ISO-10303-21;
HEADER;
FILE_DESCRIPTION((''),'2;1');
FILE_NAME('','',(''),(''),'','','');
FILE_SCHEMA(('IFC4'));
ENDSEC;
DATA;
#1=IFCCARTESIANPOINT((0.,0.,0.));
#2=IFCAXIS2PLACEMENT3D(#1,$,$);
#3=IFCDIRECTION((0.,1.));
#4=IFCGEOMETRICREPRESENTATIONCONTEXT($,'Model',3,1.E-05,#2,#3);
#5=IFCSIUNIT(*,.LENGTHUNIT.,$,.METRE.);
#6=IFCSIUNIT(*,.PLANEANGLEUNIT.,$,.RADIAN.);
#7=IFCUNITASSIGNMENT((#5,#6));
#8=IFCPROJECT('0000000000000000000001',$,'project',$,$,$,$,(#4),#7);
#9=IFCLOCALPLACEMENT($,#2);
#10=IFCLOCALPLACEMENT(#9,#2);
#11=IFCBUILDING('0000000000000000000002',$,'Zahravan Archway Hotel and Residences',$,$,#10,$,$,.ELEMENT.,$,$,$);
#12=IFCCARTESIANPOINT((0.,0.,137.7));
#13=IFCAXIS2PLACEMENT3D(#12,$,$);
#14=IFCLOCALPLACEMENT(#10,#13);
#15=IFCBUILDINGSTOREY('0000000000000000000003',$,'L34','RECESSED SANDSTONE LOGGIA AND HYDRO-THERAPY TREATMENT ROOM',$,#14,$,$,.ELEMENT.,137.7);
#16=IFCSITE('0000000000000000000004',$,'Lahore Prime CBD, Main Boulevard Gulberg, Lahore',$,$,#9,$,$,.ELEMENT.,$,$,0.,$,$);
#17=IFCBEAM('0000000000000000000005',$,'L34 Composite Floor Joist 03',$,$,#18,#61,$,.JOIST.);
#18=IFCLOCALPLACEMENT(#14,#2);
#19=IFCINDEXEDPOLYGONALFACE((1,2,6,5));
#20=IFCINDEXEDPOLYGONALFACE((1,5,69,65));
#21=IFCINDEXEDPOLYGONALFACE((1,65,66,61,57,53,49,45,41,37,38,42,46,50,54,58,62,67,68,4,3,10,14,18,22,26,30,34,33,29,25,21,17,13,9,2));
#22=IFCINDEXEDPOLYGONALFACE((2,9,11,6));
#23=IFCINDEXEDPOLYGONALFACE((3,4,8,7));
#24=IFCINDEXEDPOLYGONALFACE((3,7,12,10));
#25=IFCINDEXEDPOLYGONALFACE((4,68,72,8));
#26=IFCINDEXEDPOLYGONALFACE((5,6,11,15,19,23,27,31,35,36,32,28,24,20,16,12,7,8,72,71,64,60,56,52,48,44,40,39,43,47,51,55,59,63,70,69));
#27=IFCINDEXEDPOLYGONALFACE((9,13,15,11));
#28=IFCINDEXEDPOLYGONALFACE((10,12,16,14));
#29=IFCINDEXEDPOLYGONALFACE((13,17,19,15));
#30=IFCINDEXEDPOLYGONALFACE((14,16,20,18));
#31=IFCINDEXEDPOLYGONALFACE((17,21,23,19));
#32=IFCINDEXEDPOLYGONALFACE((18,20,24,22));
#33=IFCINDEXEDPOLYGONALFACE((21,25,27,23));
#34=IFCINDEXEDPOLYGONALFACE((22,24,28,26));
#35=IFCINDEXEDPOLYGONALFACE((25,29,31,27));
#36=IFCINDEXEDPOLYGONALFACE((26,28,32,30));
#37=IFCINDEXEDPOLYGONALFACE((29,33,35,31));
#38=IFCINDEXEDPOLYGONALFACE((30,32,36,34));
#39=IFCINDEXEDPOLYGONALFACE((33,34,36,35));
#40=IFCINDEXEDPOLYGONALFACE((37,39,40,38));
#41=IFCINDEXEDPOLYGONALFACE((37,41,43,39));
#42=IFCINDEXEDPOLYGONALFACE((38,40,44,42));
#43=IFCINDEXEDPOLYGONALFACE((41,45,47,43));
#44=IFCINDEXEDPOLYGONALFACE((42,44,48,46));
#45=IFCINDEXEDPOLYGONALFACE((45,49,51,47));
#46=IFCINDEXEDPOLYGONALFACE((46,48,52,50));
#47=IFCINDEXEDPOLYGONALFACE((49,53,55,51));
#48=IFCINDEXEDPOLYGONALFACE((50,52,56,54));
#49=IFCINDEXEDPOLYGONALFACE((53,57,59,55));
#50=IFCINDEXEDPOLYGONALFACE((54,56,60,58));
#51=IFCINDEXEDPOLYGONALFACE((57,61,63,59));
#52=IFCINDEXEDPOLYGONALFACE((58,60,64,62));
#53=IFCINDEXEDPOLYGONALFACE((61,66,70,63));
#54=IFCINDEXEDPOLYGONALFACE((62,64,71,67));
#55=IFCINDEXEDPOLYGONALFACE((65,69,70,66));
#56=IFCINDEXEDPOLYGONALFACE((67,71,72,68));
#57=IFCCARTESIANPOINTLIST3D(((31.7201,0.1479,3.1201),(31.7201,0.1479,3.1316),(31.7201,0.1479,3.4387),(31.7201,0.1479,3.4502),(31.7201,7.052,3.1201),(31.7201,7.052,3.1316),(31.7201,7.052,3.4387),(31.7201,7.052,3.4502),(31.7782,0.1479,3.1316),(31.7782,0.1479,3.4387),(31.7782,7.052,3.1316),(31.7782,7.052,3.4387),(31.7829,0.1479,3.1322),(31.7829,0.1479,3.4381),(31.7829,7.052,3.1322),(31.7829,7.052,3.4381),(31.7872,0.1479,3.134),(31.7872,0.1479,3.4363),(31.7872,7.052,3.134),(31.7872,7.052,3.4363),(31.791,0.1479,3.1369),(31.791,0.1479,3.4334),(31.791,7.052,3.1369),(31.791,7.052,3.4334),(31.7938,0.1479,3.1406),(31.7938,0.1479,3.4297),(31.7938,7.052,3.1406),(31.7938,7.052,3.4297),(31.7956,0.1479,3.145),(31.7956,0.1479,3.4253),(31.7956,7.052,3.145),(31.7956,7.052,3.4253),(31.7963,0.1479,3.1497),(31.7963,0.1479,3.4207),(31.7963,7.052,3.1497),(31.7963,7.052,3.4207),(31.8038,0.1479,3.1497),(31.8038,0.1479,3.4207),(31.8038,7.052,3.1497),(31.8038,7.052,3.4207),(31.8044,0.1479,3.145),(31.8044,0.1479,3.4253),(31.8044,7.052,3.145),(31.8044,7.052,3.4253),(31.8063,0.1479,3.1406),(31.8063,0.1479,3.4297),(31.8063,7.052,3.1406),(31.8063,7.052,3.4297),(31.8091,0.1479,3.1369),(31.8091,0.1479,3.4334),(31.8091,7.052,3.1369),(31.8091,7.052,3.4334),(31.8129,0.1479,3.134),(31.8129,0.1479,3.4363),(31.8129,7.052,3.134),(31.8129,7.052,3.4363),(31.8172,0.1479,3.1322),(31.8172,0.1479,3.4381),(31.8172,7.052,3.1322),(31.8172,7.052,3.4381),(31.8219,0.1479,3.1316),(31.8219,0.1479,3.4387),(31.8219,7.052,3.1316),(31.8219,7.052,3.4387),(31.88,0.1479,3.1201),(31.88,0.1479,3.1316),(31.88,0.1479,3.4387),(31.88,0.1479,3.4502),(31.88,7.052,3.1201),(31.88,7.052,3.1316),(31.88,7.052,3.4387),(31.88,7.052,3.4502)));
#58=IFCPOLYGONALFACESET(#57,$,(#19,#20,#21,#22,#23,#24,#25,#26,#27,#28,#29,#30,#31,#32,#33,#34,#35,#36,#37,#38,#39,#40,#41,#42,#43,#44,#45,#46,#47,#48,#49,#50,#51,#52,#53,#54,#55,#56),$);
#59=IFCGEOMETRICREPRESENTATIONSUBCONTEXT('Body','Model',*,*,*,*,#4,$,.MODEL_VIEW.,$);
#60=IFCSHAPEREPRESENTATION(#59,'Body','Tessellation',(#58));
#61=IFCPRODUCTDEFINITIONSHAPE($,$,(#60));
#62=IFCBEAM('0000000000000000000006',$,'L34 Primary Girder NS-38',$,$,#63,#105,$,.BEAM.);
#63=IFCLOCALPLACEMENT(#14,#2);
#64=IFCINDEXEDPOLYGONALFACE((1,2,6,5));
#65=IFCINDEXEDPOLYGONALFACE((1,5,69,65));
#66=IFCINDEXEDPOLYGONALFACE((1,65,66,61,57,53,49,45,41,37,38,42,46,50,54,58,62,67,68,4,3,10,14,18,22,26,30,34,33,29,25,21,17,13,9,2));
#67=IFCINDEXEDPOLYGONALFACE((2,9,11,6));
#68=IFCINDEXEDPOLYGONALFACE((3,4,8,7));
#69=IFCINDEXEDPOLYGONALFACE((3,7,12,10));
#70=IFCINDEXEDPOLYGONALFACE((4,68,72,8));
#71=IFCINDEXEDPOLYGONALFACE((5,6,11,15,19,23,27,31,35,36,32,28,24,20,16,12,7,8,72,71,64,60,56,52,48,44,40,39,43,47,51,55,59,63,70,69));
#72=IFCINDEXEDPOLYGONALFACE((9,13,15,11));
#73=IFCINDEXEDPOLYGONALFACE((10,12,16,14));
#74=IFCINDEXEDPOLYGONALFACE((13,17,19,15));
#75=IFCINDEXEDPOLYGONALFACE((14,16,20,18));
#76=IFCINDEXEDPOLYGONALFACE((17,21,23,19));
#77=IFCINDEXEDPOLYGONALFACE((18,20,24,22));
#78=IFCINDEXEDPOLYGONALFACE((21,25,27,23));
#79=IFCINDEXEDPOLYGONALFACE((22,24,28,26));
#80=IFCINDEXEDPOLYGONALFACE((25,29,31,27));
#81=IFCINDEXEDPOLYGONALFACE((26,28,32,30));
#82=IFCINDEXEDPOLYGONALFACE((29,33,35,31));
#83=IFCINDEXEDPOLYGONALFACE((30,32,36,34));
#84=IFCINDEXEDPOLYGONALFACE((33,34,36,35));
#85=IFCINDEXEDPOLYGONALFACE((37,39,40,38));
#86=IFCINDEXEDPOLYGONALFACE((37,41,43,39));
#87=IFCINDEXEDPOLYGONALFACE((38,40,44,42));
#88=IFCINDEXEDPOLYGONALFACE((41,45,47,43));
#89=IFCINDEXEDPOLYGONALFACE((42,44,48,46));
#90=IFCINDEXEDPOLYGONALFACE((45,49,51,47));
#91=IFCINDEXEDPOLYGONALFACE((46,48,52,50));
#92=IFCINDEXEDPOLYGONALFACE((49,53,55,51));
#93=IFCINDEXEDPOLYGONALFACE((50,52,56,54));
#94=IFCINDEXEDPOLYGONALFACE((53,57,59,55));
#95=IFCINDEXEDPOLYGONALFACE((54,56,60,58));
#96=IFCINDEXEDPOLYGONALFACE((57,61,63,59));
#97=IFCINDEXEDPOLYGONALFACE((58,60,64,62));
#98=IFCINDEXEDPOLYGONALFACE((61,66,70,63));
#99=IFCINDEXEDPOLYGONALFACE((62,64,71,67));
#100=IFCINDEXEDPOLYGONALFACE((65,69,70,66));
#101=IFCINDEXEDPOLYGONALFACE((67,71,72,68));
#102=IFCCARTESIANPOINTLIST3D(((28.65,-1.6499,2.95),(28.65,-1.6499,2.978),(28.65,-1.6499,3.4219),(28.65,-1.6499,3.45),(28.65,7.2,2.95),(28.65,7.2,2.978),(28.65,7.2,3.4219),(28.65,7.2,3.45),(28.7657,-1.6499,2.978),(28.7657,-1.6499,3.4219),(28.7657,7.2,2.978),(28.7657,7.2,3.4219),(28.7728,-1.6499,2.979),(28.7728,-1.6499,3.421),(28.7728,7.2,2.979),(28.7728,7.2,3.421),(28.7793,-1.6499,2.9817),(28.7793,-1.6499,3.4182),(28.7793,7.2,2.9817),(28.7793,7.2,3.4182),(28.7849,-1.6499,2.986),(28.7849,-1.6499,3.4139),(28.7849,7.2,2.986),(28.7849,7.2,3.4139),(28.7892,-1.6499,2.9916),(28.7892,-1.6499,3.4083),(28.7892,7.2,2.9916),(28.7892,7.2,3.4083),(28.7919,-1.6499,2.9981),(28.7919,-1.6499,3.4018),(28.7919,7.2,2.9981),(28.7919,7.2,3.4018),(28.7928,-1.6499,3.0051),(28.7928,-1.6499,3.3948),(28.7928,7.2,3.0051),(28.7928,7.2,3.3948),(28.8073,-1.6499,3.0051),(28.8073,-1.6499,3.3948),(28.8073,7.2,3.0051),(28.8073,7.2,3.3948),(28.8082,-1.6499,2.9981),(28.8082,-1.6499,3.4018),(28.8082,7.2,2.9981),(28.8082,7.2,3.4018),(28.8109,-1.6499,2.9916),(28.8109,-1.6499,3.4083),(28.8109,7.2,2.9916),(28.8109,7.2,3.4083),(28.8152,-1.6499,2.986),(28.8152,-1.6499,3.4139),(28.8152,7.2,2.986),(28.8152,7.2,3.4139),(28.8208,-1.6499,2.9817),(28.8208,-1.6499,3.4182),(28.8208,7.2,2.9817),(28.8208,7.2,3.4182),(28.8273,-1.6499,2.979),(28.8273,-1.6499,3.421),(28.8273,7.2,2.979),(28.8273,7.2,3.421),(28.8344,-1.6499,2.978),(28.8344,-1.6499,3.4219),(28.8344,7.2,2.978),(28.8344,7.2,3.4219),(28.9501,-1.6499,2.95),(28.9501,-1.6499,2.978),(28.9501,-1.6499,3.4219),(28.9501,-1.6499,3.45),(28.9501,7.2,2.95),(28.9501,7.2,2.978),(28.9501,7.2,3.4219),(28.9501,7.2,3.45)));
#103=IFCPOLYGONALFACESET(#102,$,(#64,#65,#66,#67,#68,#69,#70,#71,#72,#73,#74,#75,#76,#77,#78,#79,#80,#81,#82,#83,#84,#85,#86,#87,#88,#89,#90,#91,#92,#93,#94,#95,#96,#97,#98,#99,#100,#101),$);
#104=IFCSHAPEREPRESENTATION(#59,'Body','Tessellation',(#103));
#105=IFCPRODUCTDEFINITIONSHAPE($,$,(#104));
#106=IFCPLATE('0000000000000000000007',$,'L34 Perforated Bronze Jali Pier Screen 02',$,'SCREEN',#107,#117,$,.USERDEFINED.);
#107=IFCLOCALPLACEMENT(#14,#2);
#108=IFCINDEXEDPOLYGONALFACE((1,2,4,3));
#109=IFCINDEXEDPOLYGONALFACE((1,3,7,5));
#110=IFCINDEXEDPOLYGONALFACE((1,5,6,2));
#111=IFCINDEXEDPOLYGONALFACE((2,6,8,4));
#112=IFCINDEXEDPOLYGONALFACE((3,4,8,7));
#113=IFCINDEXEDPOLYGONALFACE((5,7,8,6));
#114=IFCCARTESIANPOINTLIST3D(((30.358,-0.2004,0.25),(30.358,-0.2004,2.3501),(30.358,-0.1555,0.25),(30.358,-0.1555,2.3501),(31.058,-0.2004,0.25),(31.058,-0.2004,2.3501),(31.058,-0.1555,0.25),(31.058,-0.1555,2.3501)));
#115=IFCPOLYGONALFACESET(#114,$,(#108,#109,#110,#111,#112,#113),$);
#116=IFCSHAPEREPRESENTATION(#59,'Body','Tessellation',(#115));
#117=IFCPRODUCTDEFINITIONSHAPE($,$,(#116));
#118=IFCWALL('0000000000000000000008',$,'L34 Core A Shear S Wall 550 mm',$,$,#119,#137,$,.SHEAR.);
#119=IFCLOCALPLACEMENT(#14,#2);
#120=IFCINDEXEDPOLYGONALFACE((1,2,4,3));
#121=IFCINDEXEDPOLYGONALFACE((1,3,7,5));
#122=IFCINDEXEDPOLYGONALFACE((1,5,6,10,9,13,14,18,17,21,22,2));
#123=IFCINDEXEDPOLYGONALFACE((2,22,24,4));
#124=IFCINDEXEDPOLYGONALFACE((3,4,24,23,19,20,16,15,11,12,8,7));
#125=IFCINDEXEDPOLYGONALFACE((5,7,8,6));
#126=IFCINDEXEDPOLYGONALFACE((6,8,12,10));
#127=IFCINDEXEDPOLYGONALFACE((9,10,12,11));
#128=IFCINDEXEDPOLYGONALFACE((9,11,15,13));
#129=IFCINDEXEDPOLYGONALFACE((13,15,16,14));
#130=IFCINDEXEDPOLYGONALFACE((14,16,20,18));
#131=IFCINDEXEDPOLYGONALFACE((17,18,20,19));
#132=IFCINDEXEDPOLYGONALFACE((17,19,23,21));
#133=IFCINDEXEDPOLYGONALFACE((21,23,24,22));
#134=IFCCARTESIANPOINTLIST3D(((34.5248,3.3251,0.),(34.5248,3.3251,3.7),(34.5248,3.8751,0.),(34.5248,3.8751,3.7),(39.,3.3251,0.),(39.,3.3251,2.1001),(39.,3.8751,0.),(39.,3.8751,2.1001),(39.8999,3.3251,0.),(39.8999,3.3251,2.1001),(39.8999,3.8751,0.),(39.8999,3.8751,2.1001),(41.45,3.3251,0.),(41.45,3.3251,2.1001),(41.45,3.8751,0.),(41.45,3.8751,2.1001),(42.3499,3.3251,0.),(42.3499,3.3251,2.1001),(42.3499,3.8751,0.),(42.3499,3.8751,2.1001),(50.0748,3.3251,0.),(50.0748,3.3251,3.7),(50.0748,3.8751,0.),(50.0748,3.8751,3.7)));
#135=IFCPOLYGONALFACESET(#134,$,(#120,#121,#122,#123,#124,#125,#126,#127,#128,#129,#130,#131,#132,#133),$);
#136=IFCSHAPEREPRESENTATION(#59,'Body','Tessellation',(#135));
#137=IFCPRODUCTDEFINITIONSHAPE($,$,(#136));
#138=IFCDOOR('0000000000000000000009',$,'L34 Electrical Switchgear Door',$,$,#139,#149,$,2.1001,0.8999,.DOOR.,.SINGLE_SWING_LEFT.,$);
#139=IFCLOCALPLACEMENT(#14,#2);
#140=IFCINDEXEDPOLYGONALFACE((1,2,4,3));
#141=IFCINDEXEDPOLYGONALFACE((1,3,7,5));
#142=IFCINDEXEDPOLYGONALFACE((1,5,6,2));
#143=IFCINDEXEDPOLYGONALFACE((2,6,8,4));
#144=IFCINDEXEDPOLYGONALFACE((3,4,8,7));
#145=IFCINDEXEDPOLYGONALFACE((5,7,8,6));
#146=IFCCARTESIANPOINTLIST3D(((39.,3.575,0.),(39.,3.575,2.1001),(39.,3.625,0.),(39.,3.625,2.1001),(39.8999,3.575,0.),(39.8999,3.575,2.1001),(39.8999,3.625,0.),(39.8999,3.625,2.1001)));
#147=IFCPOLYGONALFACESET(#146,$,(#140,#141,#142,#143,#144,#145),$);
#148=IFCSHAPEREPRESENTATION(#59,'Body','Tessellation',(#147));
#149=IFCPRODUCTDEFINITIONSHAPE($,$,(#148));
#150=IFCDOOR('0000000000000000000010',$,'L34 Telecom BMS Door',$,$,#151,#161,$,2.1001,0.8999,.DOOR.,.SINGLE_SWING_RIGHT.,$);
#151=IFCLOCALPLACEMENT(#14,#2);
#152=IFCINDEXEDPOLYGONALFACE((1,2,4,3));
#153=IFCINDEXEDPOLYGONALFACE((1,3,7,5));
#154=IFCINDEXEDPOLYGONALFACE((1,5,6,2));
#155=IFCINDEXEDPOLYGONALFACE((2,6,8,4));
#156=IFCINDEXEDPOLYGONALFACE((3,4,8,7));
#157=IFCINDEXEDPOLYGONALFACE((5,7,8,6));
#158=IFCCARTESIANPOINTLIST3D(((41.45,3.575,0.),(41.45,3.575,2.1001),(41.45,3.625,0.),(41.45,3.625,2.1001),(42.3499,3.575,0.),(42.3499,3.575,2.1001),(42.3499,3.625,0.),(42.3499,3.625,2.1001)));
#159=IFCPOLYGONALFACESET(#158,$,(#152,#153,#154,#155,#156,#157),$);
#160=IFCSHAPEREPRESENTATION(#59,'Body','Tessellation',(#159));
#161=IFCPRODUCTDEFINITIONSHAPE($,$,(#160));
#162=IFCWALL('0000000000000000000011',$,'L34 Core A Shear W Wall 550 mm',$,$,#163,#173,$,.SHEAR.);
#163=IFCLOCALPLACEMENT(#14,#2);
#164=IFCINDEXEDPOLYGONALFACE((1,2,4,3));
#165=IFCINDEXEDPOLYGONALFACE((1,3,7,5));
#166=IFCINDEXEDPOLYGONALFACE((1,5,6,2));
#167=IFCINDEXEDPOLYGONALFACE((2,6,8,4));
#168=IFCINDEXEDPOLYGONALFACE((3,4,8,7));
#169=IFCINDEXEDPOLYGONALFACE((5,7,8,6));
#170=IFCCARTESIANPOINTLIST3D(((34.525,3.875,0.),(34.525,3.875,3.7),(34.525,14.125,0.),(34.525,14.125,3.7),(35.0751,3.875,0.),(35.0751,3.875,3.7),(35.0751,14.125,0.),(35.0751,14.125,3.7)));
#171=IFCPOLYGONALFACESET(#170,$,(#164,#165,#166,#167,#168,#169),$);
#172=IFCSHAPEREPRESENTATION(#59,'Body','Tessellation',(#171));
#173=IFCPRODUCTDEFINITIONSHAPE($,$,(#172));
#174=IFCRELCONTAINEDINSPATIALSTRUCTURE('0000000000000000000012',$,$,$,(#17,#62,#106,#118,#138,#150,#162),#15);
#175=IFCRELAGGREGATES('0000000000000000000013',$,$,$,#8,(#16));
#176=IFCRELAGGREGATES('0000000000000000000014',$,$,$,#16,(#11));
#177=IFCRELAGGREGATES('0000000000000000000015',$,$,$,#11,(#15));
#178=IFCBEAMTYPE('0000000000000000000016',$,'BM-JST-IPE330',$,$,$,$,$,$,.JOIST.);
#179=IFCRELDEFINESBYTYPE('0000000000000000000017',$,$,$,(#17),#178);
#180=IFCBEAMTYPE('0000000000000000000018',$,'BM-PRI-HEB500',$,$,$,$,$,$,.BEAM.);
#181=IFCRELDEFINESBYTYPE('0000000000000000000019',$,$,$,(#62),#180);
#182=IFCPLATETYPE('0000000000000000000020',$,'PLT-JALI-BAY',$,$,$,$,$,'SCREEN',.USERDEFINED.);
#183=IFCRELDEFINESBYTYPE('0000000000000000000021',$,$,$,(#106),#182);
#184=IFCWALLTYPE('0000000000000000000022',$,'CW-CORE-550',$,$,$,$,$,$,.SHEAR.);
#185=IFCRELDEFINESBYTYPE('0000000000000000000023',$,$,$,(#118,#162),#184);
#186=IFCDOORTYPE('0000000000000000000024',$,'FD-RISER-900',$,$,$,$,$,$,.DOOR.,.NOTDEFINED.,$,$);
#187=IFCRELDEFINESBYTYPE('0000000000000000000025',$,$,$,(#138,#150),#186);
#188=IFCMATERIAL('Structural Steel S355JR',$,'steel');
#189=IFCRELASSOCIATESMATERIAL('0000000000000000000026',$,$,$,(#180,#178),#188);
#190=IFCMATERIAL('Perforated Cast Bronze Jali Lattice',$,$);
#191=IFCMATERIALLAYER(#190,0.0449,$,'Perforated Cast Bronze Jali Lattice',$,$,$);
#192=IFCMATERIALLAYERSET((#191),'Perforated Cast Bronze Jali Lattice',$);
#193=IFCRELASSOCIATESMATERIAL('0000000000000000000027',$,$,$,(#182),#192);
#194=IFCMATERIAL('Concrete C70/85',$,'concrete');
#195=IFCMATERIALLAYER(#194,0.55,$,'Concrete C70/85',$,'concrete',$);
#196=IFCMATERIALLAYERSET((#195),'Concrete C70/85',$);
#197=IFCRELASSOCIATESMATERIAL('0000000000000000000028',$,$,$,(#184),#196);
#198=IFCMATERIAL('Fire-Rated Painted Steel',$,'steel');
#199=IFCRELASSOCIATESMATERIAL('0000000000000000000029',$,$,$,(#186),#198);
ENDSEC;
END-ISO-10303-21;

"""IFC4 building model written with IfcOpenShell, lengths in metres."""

from ifc_helpers import new_model, si_unit, direction, frame, frame_2d, origin, origin_2d, place, context, subcontext, project, spatial, rectangle, i_section, extrude, source, transform, mapped, material, layer, layer_set, material_profile, profile_set, type_object, type_shapes, element, fill, save


model = new_model("IFC4")

# Units and contexts
model_context = context("Model", 3, precision=1e-05, world=origin(), true_north=direction((0.0, 1.0)))
body_context = subcontext(model_context, "Body", "Model", "MODEL_VIEW")
ifc_project = project(units=[si_unit("LENGTHUNIT", "METRE"), si_unit("PLANEANGLEUNIT", "RADIAN")], contexts=[model_context])

# Site, building, storey
site_placement = place(None, origin())
site = spatial("IfcSite", under=ifc_project, at=site_placement, Name="Lahore Prime CBD, Main Boulevard Gulberg, Lahore", CompositionType="ELEMENT", RefElevation=0.0)
building_placement = place(site_placement, origin())
building = spatial("IfcBuilding", under=site, at=building_placement, Name="Zahravan Archway Hotel and Residences", CompositionType="ELEMENT")
storey_placement = place(building_placement, frame((0.0, 0.0, 137.7)))
storey = spatial("IfcBuildingStorey", under=building, at=storey_placement, Name="L34", Description="RECESSED SANDSTONE LOGGIA AND HYDRO-THERAPY TREATMENT ROOM", CompositionType="ELEMENT", Elevation=137.7)

# Beams
ifc_material_1 = material(Name="Structural Steel S355JR", Category="steel")
ifc_material_profile_1 = material_profile(ifc_material_1, i_section(OverallWidth=0.3, OverallDepth=0.5, WebThickness=0.0144, FlangeThickness=0.0281, FilletRadius=0.0271, at=origin_2d()), Name="HEB 500", Category="steel")
ifc_profile_set_1 = profile_set([ifc_material_profile_1], Name="Structural Steel S355JR")
beam_type_1 = type_object("IfcBeamType", Name="BM-PRI-HEB500", PredefinedType="BEAM", material=ifc_profile_set_1)
ifc_material_profile_2 = material_profile(ifc_material_1, i_section(OverallWidth=0.1599, OverallDepth=0.3301, WebThickness=0.0076, FlangeThickness=0.0115, FilletRadius=0.0181, at=origin_2d()), Name="IPE 330", Category="steel")
ifc_profile_set_2 = profile_set([ifc_material_profile_2], Name="Structural Steel S355JR")
beam_type_2 = type_object("IfcBeamType", Name="BM-JST-IPE330", PredefinedType="JOIST", material=ifc_profile_set_2)
shared_shape_1 = source(origin(), body_context, "Body", "SweptSolid", [
    extrude(i_section(OverallWidth=0.1599, OverallDepth=0.3301, WebThickness=0.0076, FlangeThickness=0.0115, FilletRadius=0.0181, at=origin_2d()), origin(), (0.0, 0.0, 1.0), 6.9041),
])
type_shapes(beam_type_2, [shared_shape_1])
for number, where, z_axis, x_axis, name in (
    (1, (31.8, 0.1479, 3.2852), (0.0, 1.0, 0.0), (-1.0, 0.0, 0.0), "L34 Composite Floor Joist 03"),
):
    element("IfcBeam", number, at=place(storey_placement, frame(where, z_axis=z_axis, x_axis=x_axis)), inside=storey, type_object=beam_type_2, Name=name, PredefinedType="JOIST", context=body_context, shape_type="MappedRepresentation", body=[
        mapped(shared_shape_1, transform((0.0, 0.0, 0.0), scale=1.0)),
    ])
shared_shape_2 = source(origin(), body_context, "Body", "SweptSolid", [
    extrude(i_section(OverallWidth=0.3, OverallDepth=0.5, WebThickness=0.0144, FlangeThickness=0.0281, FilletRadius=0.0271, at=origin_2d()), origin(), (0.0, 0.0, 1.0), 8.8499),
])
beam_1_placement = place(storey_placement, frame((28.8, -1.6499, 3.2), z_axis=(0.0, 1.0, 0.0), x_axis=(-1.0, 0.0, 0.0)))
element("IfcBeam", 2, at=beam_1_placement, inside=storey, type_object=beam_type_1, Name="L34 Primary Girder NS-38", PredefinedType="BEAM", context=body_context, shape_type="MappedRepresentation", body=[
    mapped(shared_shape_2, transform((0.0, 0.0, 0.0), scale=1.0)),
])

# Plate
ifc_material_2 = material(Name="Perforated Cast Bronze Jali Lattice")
ifc_layer_1 = layer(ifc_material_2, 0.0449, Name="Perforated Cast Bronze Jali Lattice")
ifc_layer_set_1 = layer_set([ifc_layer_1], Name="Perforated Cast Bronze Jali Lattice")
plate_type = type_object("IfcPlateType", Name="PLT-JALI-BAY", ElementType="SCREEN", PredefinedType="USERDEFINED", material=ifc_layer_set_1)
shared_shape_3 = source(origin(), body_context, "Body", "SweptSolid", [
    extrude(rectangle(XDim=0.7, YDim=0.0449, at=origin_2d()), origin(), (0.0, 0.0, 1.0), 2.1001),
])
type_shapes(plate_type, [shared_shape_3])
plate_placement = place(storey_placement, frame((30.708, -0.178, 0.25), z_axis=(0.0, 0.0, 1.0), x_axis=(1.0, 0.0, 0.0)))
element("IfcPlate", 3, at=plate_placement, inside=storey, type_object=plate_type, Name="L34 Perforated Bronze Jali Pier Screen 02", ObjectType="SCREEN", PredefinedType="USERDEFINED", context=body_context, shape_type="MappedRepresentation", body=[
    mapped(shared_shape_3, transform((0.0, 0.0, 0.0), scale=1.0)),
])

# Wall, openings, doors
ifc_material_3 = material(Name="Concrete C70/85", Category="concrete")
ifc_layer_2 = layer(ifc_material_3, 0.55, Name="Concrete C70/85", Category="concrete")
ifc_layer_set_2 = layer_set([ifc_layer_2], Name="Concrete C70/85")
wall_type_1 = type_object("IfcWallType", Name="CW-CORE-550", PredefinedType="SHEAR", material=ifc_layer_set_2)
wall_1_placement = place(storey_placement, frame((34.5249, 3.6001, 0.0), z_axis=(0.0, 0.0, 1.0), x_axis=(1.0, 0.0, 0.0)))
wall_1 = element("IfcWall", 4, at=wall_1_placement, inside=storey, type_object=wall_type_1, Name="L34 Core A Shear S Wall 550 mm", PredefinedType="SHEAR", context=body_context, shape_type="SweptSolid", body=[
    extrude(rectangle(XDim=15.55, YDim=0.55, at=frame_2d((7.7749, 0.0))), origin(), (0.0, 0.0, 1.0), 3.7),
])
opening_1_placement = place(wall_1_placement, frame((4.4751, 0.0, 0.0)))
opening_1 = element("IfcOpeningElement", 5, at=opening_1_placement, cuts=wall_1, PredefinedType="OPENING", context=body_context, shape_type="SweptSolid", body=[
    extrude(rectangle(XDim=0.8999, YDim=2.1001, at=frame_2d((0.45, 1.05))), frame((0.0, 0.2852, 0.0), z_axis=(0.0, -1.0, 0.0), x_axis=(1.0, 0.0, 0.0)), (0.0, 0.0, 1.0), 0.5701),
])
opening_2_placement = place(wall_1_placement, frame((6.925, 0.0, 0.0)))
opening_2 = element("IfcOpeningElement", 6, at=opening_2_placement, cuts=wall_1, PredefinedType="OPENING", context=body_context, shape_type="SweptSolid", body=[
    extrude(rectangle(XDim=0.8999, YDim=2.1001, at=frame_2d((0.45, 1.05))), frame((0.0, 0.2852, 0.0), z_axis=(0.0, -1.0, 0.0), x_axis=(1.0, 0.0, 0.0)), (0.0, 0.0, 1.0), 0.5701),
])
ifc_material_4 = material(Name="Fire-Rated Painted Steel", Category="steel")
door_type_1 = type_object("IfcDoorType", Name="FD-RISER-900", OperationType="NOTDEFINED", PredefinedType="DOOR", material=ifc_material_4)
shared_shape_4 = source(origin(), body_context, "Body", "SweptSolid", [
    extrude(rectangle(XDim=0.8999, YDim=2.1001, at=frame_2d((0.45, 1.05))), frame((0.0, 0.0249, 0.0), z_axis=(0.0, -1.0, 0.0), x_axis=(1.0, 0.0, 0.0)), (0.0, 0.0, 1.0), 0.05),
])
type_shapes(door_type_1, [shared_shape_4])
door_1_placement = place(opening_1_placement, origin())
door_1 = element("IfcDoor", 7, at=door_1_placement, inside=storey, type_object=door_type_1, Name="L34 Electrical Switchgear Door", OperationType="SINGLE_SWING_LEFT", OverallHeight=2.1001, OverallWidth=0.8999, PredefinedType="DOOR", context=body_context, shape_type="MappedRepresentation", body=[
    mapped(shared_shape_4, transform((0.0, 0.0, 0.0), scale=1.0)),
])
fill(opening_1, door_1)
door_2_placement = place(opening_2_placement, origin())
door_2 = element("IfcDoor", 8, at=door_2_placement, inside=storey, type_object=door_type_1, Name="L34 Telecom BMS Door", OperationType="SINGLE_SWING_RIGHT", OverallHeight=2.1001, OverallWidth=0.8999, PredefinedType="DOOR", context=body_context, shape_type="MappedRepresentation", body=[
    mapped(shared_shape_4, transform((0.0, 0.0, 0.0), scale=1.0)),
])
fill(opening_2, door_2)

# Wall
wall_2_placement = place(storey_placement, frame((34.8, 3.875, 0.0), z_axis=(0.0, 0.0, 1.0), x_axis=(0.0, 1.0, 0.0)))
element("IfcWall", 9, at=wall_2_placement, inside=storey, type_object=wall_type_1, Name="L34 Core A Shear W Wall 550 mm", PredefinedType="SHEAR", context=body_context, shape_type="SweptSolid", body=[
    extrude(rectangle(XDim=10.25, YDim=0.55, at=frame_2d((5.125, 0.0))), origin(), (0.0, 0.0, 1.0), 3.7),
])

save(model, "model.ifc")
